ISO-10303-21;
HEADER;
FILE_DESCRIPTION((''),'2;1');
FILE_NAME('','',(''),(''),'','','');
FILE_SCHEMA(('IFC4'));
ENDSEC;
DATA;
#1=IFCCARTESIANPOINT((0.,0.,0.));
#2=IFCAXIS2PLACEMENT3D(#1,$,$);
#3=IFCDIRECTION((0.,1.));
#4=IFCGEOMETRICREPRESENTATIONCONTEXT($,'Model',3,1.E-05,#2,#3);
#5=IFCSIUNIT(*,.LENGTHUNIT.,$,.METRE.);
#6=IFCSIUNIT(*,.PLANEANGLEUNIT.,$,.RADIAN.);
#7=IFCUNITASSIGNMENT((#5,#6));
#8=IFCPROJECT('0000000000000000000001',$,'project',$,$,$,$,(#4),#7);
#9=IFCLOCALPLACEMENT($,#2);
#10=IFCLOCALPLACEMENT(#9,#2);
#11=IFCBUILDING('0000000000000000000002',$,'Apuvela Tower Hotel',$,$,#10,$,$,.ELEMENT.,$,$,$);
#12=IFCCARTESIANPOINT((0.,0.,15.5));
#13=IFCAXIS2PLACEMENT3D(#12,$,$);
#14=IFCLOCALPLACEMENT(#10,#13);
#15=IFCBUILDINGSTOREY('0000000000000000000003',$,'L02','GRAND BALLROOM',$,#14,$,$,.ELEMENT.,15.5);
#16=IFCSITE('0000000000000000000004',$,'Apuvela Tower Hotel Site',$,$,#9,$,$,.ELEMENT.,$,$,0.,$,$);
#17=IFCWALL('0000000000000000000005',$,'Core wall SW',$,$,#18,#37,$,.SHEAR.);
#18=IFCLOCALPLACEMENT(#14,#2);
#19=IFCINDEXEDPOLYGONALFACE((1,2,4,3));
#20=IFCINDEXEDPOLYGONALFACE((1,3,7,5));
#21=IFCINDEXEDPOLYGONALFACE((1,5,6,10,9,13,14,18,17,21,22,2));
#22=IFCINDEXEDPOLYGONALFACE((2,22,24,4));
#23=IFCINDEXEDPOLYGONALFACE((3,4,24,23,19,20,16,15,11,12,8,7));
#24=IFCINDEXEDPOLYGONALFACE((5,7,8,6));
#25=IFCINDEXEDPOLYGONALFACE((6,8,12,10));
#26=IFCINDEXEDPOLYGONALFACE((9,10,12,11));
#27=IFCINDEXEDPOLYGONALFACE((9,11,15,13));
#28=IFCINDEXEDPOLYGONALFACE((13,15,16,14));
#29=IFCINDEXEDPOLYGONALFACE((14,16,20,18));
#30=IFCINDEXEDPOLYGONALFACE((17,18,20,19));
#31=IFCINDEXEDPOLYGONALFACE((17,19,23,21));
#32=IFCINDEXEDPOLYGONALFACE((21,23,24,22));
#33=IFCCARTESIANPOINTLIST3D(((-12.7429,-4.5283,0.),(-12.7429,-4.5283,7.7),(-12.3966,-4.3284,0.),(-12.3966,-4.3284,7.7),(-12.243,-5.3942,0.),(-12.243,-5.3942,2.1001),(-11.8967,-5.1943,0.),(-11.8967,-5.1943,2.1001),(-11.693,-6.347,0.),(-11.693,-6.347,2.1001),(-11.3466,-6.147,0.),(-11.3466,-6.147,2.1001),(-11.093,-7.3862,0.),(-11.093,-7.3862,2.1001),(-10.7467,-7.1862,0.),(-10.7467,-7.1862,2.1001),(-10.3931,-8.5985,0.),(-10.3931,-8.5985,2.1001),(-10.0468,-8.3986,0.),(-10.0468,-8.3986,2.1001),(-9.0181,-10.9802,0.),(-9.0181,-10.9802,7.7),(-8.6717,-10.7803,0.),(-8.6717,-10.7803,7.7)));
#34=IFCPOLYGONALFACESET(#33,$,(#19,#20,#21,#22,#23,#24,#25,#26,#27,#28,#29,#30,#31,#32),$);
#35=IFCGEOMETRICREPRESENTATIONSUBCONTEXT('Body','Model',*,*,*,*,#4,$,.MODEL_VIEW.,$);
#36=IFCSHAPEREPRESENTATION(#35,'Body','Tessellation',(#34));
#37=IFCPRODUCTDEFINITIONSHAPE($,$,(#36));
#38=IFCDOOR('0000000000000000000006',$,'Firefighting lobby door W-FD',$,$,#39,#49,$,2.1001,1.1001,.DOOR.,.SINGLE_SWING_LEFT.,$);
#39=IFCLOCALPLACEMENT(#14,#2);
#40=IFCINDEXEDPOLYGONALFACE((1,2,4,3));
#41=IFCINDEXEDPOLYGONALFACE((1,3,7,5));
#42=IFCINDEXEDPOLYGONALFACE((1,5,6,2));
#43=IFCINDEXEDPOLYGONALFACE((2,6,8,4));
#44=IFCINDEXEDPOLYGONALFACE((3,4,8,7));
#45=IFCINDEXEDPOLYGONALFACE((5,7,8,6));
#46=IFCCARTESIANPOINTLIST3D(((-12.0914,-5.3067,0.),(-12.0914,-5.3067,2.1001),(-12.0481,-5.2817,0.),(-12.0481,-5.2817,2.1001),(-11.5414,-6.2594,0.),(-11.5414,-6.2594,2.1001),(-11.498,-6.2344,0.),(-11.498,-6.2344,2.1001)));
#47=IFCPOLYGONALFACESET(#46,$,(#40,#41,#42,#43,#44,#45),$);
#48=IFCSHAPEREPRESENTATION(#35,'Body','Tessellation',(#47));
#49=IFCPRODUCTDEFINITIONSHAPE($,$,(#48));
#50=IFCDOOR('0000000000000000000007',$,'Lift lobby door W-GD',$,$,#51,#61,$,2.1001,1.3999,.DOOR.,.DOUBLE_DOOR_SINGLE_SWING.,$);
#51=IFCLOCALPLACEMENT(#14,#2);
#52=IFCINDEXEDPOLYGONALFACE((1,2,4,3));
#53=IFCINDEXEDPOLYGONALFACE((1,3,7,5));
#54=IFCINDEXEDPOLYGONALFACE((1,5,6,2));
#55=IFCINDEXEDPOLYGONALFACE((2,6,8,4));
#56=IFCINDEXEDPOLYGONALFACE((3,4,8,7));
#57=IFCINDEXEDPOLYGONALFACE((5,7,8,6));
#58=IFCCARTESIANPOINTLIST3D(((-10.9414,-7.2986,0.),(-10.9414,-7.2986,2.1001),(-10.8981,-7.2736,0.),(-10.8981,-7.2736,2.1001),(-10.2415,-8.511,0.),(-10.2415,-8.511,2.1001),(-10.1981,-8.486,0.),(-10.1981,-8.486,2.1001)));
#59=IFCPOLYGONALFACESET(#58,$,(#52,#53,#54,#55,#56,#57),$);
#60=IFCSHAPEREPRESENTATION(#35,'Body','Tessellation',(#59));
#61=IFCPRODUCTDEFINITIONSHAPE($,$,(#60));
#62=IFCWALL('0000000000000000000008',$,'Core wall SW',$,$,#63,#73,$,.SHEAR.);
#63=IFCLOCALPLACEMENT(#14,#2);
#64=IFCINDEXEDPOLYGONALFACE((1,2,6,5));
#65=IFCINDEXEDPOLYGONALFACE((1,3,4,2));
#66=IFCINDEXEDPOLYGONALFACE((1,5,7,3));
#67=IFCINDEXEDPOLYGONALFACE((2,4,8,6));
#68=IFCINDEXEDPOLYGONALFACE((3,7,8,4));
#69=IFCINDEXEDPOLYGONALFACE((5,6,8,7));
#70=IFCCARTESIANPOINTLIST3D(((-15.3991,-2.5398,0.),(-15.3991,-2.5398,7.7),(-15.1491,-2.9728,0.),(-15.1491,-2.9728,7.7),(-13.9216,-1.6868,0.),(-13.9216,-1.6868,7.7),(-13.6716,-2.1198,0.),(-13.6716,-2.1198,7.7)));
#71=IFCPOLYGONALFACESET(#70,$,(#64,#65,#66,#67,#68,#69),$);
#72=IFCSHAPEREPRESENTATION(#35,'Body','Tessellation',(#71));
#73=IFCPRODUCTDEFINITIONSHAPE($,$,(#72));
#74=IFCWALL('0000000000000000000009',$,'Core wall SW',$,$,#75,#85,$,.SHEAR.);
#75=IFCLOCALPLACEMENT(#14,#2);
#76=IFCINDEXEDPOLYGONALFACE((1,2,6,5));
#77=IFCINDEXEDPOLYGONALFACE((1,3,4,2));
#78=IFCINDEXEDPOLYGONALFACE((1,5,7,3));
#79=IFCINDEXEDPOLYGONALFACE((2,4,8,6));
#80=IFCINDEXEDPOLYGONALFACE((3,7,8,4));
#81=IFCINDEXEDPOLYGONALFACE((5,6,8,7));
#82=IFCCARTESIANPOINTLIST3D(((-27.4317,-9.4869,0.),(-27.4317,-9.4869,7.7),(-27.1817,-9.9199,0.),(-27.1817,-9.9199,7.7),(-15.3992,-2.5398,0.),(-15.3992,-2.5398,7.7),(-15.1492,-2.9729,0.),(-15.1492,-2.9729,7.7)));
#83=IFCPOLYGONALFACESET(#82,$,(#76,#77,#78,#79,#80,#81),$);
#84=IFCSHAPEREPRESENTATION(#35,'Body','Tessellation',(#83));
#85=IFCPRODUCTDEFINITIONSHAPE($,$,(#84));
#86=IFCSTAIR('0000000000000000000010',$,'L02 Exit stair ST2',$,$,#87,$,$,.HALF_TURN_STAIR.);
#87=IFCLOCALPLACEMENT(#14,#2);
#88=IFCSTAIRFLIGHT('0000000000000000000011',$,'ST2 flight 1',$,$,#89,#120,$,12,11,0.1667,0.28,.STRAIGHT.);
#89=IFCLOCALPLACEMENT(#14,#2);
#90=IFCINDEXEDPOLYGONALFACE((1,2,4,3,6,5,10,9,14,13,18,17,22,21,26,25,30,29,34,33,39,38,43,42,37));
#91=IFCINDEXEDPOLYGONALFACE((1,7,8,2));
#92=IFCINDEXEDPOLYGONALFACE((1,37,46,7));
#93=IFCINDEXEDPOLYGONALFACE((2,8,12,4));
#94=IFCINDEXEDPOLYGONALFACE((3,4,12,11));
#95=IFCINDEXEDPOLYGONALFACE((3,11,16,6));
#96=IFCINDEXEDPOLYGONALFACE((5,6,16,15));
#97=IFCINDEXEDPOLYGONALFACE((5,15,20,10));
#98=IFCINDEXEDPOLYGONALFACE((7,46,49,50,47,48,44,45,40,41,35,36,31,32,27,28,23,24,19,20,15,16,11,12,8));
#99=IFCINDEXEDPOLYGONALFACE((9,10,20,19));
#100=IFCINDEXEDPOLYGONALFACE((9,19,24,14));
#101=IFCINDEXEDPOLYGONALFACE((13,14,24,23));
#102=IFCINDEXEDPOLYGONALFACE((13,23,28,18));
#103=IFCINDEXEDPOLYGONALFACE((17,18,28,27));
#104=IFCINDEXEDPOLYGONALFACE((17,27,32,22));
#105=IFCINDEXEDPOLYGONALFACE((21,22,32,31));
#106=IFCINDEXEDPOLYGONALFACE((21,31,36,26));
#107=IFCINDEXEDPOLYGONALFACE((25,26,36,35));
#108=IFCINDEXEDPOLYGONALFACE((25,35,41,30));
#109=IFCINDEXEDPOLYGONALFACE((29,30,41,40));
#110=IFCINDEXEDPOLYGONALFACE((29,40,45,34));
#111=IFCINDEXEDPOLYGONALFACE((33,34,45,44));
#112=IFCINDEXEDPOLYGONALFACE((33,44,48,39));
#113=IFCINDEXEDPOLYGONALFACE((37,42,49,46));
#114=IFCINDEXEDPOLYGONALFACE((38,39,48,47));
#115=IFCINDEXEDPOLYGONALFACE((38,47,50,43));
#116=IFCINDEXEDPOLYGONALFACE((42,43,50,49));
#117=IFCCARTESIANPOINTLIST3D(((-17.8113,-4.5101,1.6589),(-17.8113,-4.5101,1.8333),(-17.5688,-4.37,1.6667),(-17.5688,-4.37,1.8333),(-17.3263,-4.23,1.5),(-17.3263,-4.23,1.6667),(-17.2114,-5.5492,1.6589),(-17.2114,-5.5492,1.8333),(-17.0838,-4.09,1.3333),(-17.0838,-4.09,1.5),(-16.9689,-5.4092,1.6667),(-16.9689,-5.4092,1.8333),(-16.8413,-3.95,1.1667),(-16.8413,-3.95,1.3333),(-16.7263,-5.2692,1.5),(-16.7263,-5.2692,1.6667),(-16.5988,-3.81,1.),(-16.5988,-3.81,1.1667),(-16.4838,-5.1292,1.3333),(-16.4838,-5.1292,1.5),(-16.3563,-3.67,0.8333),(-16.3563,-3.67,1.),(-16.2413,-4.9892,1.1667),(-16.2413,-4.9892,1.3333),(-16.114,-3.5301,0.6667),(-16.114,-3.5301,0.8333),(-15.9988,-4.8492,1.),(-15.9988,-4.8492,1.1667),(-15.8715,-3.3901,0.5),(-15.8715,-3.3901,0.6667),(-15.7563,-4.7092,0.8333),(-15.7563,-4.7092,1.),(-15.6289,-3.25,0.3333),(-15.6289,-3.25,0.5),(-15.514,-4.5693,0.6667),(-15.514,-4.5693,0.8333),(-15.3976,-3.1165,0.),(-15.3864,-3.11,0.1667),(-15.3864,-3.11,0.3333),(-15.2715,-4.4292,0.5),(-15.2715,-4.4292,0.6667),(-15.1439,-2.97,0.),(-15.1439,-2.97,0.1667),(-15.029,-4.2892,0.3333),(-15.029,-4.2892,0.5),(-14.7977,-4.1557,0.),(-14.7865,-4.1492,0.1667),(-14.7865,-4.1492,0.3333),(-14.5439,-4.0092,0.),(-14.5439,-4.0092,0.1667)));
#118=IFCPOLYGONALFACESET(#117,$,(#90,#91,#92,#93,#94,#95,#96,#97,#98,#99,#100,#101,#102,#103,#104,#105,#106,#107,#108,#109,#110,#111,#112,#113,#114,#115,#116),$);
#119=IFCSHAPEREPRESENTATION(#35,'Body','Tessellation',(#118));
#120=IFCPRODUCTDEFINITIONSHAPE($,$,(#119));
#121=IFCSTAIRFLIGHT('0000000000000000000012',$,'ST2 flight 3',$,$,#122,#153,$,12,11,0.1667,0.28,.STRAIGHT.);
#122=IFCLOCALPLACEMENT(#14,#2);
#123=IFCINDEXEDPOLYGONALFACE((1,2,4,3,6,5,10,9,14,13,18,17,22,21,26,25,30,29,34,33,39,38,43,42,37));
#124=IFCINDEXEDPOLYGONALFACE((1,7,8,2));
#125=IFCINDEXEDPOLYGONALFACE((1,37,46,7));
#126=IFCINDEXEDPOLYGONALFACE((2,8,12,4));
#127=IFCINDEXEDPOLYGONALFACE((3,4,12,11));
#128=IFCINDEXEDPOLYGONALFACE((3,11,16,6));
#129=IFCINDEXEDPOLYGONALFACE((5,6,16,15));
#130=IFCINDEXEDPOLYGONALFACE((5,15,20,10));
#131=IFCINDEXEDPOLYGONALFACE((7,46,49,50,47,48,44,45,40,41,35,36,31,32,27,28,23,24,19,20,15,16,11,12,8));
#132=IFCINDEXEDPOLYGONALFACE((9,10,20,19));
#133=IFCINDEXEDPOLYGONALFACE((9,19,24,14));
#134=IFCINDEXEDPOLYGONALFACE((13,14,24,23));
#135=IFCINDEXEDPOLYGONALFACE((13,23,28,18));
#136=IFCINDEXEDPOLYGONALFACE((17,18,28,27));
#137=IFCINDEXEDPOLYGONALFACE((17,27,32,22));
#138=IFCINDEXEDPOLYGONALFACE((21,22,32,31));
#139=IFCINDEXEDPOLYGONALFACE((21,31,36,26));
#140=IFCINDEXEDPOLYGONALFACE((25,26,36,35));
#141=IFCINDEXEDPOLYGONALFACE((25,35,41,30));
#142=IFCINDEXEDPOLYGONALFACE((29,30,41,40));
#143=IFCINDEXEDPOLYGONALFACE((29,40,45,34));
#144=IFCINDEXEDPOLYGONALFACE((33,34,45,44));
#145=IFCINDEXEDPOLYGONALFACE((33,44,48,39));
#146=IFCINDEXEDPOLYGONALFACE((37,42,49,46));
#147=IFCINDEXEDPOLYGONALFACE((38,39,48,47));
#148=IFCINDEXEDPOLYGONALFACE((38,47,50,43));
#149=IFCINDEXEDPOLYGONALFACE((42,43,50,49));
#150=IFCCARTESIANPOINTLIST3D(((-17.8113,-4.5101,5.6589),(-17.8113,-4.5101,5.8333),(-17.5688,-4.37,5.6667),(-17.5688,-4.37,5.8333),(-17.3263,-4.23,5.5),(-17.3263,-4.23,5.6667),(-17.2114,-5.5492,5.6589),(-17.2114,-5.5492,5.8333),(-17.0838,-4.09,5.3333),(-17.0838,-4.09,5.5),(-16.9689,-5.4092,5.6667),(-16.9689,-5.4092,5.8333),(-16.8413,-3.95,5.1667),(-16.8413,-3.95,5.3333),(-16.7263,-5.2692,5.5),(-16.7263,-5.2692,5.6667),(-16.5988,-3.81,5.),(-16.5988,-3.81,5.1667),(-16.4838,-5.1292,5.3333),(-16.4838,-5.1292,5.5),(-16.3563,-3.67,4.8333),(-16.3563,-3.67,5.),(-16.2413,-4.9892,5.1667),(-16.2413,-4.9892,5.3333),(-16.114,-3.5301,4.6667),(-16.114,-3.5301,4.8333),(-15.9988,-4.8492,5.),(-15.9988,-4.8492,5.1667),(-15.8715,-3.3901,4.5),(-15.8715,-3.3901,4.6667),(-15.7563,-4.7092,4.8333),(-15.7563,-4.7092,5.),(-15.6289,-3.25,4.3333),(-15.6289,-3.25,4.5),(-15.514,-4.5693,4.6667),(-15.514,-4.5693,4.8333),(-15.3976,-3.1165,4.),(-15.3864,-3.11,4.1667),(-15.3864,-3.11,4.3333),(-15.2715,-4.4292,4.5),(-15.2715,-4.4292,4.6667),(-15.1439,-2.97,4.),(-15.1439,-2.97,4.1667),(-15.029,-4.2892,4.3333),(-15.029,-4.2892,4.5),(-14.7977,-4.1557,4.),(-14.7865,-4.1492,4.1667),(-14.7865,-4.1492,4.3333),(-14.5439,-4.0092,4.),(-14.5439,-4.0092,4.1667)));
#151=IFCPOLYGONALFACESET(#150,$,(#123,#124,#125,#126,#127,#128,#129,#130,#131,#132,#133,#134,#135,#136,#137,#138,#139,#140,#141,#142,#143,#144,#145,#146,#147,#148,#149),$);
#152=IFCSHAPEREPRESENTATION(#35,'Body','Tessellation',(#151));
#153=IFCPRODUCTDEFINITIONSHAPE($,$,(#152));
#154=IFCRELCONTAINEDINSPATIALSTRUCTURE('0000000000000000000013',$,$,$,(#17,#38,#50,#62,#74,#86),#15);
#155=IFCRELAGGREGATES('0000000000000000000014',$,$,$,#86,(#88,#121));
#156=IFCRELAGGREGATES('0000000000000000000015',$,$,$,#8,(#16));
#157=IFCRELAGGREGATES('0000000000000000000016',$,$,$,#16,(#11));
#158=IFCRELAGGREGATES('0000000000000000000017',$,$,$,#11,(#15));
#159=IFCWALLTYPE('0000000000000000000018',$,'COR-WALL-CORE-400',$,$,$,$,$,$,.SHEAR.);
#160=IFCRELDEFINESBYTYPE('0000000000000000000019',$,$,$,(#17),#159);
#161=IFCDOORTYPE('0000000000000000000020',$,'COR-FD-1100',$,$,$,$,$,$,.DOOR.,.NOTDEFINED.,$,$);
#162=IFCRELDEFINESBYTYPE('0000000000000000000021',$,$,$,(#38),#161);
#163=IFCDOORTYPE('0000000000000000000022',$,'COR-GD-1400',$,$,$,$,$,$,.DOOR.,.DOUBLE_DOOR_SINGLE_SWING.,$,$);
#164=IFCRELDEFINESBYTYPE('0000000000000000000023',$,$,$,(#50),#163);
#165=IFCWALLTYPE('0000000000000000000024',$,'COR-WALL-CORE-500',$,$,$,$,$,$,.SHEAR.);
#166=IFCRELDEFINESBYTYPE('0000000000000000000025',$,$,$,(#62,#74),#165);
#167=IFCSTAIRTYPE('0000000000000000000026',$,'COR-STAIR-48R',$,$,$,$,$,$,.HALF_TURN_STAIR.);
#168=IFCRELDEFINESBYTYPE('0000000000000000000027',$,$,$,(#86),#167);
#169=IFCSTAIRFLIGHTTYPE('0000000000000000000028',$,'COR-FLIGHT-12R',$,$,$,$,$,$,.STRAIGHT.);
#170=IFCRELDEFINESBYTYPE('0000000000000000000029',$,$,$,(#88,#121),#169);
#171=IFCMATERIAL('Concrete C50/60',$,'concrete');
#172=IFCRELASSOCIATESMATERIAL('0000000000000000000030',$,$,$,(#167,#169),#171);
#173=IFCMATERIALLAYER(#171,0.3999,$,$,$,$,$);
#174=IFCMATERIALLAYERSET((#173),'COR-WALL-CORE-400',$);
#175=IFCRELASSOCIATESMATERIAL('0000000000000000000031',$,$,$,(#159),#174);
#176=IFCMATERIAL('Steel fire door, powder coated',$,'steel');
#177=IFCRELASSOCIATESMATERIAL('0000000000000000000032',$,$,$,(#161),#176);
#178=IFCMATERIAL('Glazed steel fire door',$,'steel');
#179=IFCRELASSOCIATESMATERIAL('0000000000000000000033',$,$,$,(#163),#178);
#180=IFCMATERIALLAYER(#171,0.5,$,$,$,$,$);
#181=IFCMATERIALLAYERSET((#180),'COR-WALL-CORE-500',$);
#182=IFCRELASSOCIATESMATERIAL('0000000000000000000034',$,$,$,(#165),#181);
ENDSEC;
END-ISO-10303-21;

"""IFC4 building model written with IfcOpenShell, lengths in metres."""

from ifc_helpers import new_model, si_unit, direction, frame, frame_2d, origin, place, context, subcontext, project, spatial, polyline, rectangle, outline, extrude, material, layer, layer_set, type_object, element, fill, aggregate, save


model = new_model("IFC4")

# Units and contexts
model_context = context("Model", 3, precision=1e-05, world=origin(), true_north=direction((0.0, 1.0)))
body_context = subcontext(model_context, "Body", "Model", "MODEL_VIEW")
ifc_project = project(units=[si_unit("LENGTHUNIT", "METRE"), si_unit("PLANEANGLEUNIT", "RADIAN")], contexts=[model_context])

# Site, building, storey
site_placement = place(None, origin())
site = spatial("IfcSite", under=ifc_project, at=site_placement, Name="Apuvela Tower Hotel Site", CompositionType="ELEMENT", RefElevation=0.0)
building_placement = place(site_placement, origin())
building = spatial("IfcBuilding", under=site, at=building_placement, Name="Apuvela Tower Hotel", CompositionType="ELEMENT")
storey_placement = place(building_placement, frame((0.0, 0.0, 15.5)))
storey = spatial("IfcBuildingStorey", under=building, at=storey_placement, Name="L02", Description="GRAND BALLROOM", CompositionType="ELEMENT", Elevation=15.5)

# Shared definitions
ifc_material_1 = material(Name="Concrete C50/60", Category="concrete")

# Shared definitions
stair_type = type_object("IfcStairType", Name="COR-STAIR-48R", PredefinedType="HALF_TURN_STAIR", material=ifc_material_1)

# Shared definitions
ifc_layer_1 = layer(ifc_material_1, 0.3999)
ifc_layer_set_1 = layer_set([ifc_layer_1], Name="COR-WALL-CORE-400")
wall_type_1 = type_object("IfcWallType", Name="COR-WALL-CORE-400", PredefinedType="SHEAR", material=ifc_layer_set_1)

# Wall, openings, doors
wall_1_placement = place(storey_placement, frame((-12.5698, -4.4282, 0.0), z_axis=(0.0, 0.0, 1.0), x_axis=(0.499984, -0.866034, 0.0)))
wall_1 = element("IfcWall", 1, at=wall_1_placement, inside=storey, type_object=wall_type_1, Name="Core wall SW", PredefinedType="SHEAR", context=body_context, shape_type="SweptSolid", body=[
    extrude(rectangle(XDim=7.45, YDim=0.3999, at=frame_2d((3.7251, 0.0))), origin(), (0.0, 0.0, 1.0), 7.7),
])
opening_1_placement = place(wall_1_placement, frame((1.0, 0.0, 0.0)))
opening_1 = element("IfcOpeningElement", 2, at=opening_1_placement, cuts=wall_1, PredefinedType="OPENING", context=body_context, shape_type="SweptSolid", body=[
    extrude(rectangle(XDim=1.1001, YDim=2.1001, at=frame_2d((0.55, 1.05))), frame((0.0, 0.21, 0.0), z_axis=(0.0, -1.0, 0.0), x_axis=(1.0, 0.0, 0.0)), (0.0, 0.0, 1.0), 0.4199),
])
opening_2_placement = place(wall_1_placement, frame((3.3, 0.0, 0.0)))
opening_2 = element("IfcOpeningElement", 3, at=opening_2_placement, cuts=wall_1, PredefinedType="OPENING", context=body_context, shape_type="SweptSolid", body=[
    extrude(rectangle(XDim=1.3999, YDim=2.1001, at=frame_2d((0.7, 1.05))), frame((0.0, 0.21, 0.0), z_axis=(0.0, -1.0, 0.0), x_axis=(1.0, 0.0, 0.0)), (0.0, 0.0, 1.0), 0.4199),
])
ifc_material_2 = material(Name="Steel fire door, powder coated", Category="steel")
door_type_1 = type_object("IfcDoorType", Name="COR-FD-1100", OperationType="NOTDEFINED", PredefinedType="DOOR", material=ifc_material_2)
door_1_placement = place(opening_1_placement, frame((1.1001, 0.0, 0.0), z_axis=(0.0, 0.0, 1.0), x_axis=(-1.0, 0.0, 0.0)))
door_1 = element("IfcDoor", 4, at=door_1_placement, inside=storey, type_object=door_type_1, Name="Firefighting lobby door W-FD", OperationType="SINGLE_SWING_LEFT", OverallHeight=2.1001, OverallWidth=1.1001, PredefinedType="DOOR", context=body_context, shape_type="SweptSolid", body=[
    extrude(rectangle(XDim=1.1001, YDim=2.1001, at=frame_2d((0.55, 1.05))), frame((0.0, 0.0249, 0.0), z_axis=(0.0, -1.0, 0.0), x_axis=(1.0, 0.0, 0.0)), (0.0, 0.0, 1.0), 0.05),
])
fill(opening_1, door_1)
ifc_material_3 = material(Name="Glazed steel fire door", Category="steel")
door_type_2 = type_object("IfcDoorType", Name="COR-GD-1400", OperationType="DOUBLE_DOOR_SINGLE_SWING", PredefinedType="DOOR", material=ifc_material_3)
door_2_placement = place(opening_2_placement, frame((1.3999, 0.0, 0.0), z_axis=(0.0, 0.0, 1.0), x_axis=(-1.0, 0.0, 0.0)))
door_2 = element("IfcDoor", 5, at=door_2_placement, inside=storey, type_object=door_type_2, Name="Lift lobby door W-GD", OperationType="DOUBLE_DOOR_SINGLE_SWING", OverallHeight=2.1001, OverallWidth=1.3999, PredefinedType="DOOR", context=body_context, shape_type="SweptSolid", body=[
    extrude(rectangle(XDim=1.3999, YDim=2.1001, at=frame_2d((0.7, 1.05))), frame((0.0, 0.0249, 0.0), z_axis=(0.0, -1.0, 0.0), x_axis=(1.0, 0.0, 0.0)), (0.0, 0.0, 1.0), 0.05),
])
fill(opening_2, door_2)

# Walls
ifc_layer_2 = layer(ifc_material_1, 0.5)
ifc_layer_set_2 = layer_set([ifc_layer_2], Name="COR-WALL-CORE-500")
wall_type_2 = type_object("IfcWallType", Name="COR-WALL-CORE-500", PredefinedType="SHEAR", material=ifc_layer_set_2)
wall_2_placement = place(storey_placement, frame((-13.7966, -1.9033, 0.0), z_axis=(0.0, 0.0, 1.0), x_axis=(-0.866033, -0.499987, 0.0)))
element("IfcWall", 6, at=wall_2_placement, inside=storey, type_object=wall_type_2, Name="Core wall SW", PredefinedType="SHEAR", context=body_context, shape_type="SweptSolid", body=[
    extrude(rectangle(XDim=1.7061, YDim=0.5, at=frame_2d((0.853, 0.0))), origin(), (0.0, 0.0, 1.0), 7.7),
])
wall_3_placement = place(storey_placement, frame((-15.2742, -2.7563, 0.0), z_axis=(0.0, 0.0, 1.0), x_axis=(-0.866023, -0.500004, 0.0)))
element("IfcWall", 7, at=wall_3_placement, inside=storey, type_object=wall_type_2, Name="Core wall SW", PredefinedType="SHEAR", context=body_context, shape_type="SweptSolid", body=[
    extrude(rectangle(XDim=13.894, YDim=0.5, at=frame_2d((6.947, 0.0))), origin(), (0.0, 0.0, 1.0), 7.7),
])

# Stair, stair flights
stair_1_placement = place(storey_placement, origin())
stair_1 = element("IfcStair", 8, at=stair_1_placement, inside=storey, type_object=stair_type, Name="L02 Exit stair ST2", PredefinedType="HALF_TURN_STAIR")
stair_flight_type = type_object("IfcStairFlightType", Name="COR-FLIGHT-12R", PredefinedType="STRAIGHT", material=ifc_material_1)
stair_flight_1_placement = place(storey_placement, frame((-14.844, -3.4895, 0.0), z_axis=(0.0, 0.0, 1.0), x_axis=(-0.866025, -0.5, 0.0)))
stair_flight_1 = element("IfcStairFlight", 9, at=stair_flight_1_placement, type_object=stair_flight_type, Name="ST2 flight 1", NumberOfRisers=12, NumberOfTreads=11, PredefinedType="STRAIGHT", RiserHeight=0.1667, TreadLength=0.28, context=body_context, shape_type="SweptSolid", body=[
    extrude(outline(polyline([(0.0, 0.0), (0.0, 0.1667), (0.28, 0.1667), (0.28, 0.3333), (0.5601, 0.3333), (0.5601, 0.5), (0.8401, 0.5), (0.8401, 0.6667), (1.1201, 0.6667), (1.1201, 0.8333), (1.3999, 0.8333), (1.3999, 1.0), (1.6799, 1.0), (1.6799, 1.1667), (1.96, 1.1667), (1.96, 1.3333), (2.24, 1.3333), (2.24, 1.5), (2.52, 1.5), (2.52, 1.6667), (2.8, 1.6667), (2.8, 1.8333), (3.0801, 1.8333), (3.0801, 2.0), (3.0801, 1.6589), (0.293, 0.0), (0.0, 0.0)])), frame((0.0, 0.6001, 0.0), z_axis=(0.0, -1.0, 0.0), x_axis=(1.0, 0.0, 0.0)), (0.0, 0.0, 1.0), 1.2),
])
stair_flight_2_placement = place(storey_placement, frame((-14.844, -3.4895, 4.0), z_axis=(0.0, 0.0, 1.0), x_axis=(-0.866025, -0.5, 0.0)))
stair_flight_2 = element("IfcStairFlight", 10, at=stair_flight_2_placement, type_object=stair_flight_type, Name="ST2 flight 3", NumberOfRisers=12, NumberOfTreads=11, PredefinedType="STRAIGHT", RiserHeight=0.1667, TreadLength=0.28, context=body_context, shape_type="SweptSolid", body=[
    extrude(outline(polyline([(0.0, 0.0), (0.0, 0.1667), (0.28, 0.1667), (0.28, 0.3333), (0.5601, 0.3333), (0.5601, 0.5), (0.8401, 0.5), (0.8401, 0.6667), (1.1201, 0.6667), (1.1201, 0.8333), (1.3999, 0.8333), (1.3999, 1.0), (1.6799, 1.0), (1.6799, 1.1667), (1.96, 1.1667), (1.96, 1.3333), (2.24, 1.3333), (2.24, 1.5), (2.52, 1.5), (2.52, 1.6667), (2.8, 1.6667), (2.8, 1.8333), (3.0801, 1.8333), (3.0801, 2.0), (3.0801, 1.6589), (0.293, 0.0), (0.0, 0.0)])), frame((0.0, 0.6001, 0.0), z_axis=(0.0, -1.0, 0.0), x_axis=(1.0, 0.0, 0.0)), (0.0, 0.0, 1.0), 1.2),
])
aggregate(stair_1, [stair_flight_1, stair_flight_2])

save(model, "model.ifc")
